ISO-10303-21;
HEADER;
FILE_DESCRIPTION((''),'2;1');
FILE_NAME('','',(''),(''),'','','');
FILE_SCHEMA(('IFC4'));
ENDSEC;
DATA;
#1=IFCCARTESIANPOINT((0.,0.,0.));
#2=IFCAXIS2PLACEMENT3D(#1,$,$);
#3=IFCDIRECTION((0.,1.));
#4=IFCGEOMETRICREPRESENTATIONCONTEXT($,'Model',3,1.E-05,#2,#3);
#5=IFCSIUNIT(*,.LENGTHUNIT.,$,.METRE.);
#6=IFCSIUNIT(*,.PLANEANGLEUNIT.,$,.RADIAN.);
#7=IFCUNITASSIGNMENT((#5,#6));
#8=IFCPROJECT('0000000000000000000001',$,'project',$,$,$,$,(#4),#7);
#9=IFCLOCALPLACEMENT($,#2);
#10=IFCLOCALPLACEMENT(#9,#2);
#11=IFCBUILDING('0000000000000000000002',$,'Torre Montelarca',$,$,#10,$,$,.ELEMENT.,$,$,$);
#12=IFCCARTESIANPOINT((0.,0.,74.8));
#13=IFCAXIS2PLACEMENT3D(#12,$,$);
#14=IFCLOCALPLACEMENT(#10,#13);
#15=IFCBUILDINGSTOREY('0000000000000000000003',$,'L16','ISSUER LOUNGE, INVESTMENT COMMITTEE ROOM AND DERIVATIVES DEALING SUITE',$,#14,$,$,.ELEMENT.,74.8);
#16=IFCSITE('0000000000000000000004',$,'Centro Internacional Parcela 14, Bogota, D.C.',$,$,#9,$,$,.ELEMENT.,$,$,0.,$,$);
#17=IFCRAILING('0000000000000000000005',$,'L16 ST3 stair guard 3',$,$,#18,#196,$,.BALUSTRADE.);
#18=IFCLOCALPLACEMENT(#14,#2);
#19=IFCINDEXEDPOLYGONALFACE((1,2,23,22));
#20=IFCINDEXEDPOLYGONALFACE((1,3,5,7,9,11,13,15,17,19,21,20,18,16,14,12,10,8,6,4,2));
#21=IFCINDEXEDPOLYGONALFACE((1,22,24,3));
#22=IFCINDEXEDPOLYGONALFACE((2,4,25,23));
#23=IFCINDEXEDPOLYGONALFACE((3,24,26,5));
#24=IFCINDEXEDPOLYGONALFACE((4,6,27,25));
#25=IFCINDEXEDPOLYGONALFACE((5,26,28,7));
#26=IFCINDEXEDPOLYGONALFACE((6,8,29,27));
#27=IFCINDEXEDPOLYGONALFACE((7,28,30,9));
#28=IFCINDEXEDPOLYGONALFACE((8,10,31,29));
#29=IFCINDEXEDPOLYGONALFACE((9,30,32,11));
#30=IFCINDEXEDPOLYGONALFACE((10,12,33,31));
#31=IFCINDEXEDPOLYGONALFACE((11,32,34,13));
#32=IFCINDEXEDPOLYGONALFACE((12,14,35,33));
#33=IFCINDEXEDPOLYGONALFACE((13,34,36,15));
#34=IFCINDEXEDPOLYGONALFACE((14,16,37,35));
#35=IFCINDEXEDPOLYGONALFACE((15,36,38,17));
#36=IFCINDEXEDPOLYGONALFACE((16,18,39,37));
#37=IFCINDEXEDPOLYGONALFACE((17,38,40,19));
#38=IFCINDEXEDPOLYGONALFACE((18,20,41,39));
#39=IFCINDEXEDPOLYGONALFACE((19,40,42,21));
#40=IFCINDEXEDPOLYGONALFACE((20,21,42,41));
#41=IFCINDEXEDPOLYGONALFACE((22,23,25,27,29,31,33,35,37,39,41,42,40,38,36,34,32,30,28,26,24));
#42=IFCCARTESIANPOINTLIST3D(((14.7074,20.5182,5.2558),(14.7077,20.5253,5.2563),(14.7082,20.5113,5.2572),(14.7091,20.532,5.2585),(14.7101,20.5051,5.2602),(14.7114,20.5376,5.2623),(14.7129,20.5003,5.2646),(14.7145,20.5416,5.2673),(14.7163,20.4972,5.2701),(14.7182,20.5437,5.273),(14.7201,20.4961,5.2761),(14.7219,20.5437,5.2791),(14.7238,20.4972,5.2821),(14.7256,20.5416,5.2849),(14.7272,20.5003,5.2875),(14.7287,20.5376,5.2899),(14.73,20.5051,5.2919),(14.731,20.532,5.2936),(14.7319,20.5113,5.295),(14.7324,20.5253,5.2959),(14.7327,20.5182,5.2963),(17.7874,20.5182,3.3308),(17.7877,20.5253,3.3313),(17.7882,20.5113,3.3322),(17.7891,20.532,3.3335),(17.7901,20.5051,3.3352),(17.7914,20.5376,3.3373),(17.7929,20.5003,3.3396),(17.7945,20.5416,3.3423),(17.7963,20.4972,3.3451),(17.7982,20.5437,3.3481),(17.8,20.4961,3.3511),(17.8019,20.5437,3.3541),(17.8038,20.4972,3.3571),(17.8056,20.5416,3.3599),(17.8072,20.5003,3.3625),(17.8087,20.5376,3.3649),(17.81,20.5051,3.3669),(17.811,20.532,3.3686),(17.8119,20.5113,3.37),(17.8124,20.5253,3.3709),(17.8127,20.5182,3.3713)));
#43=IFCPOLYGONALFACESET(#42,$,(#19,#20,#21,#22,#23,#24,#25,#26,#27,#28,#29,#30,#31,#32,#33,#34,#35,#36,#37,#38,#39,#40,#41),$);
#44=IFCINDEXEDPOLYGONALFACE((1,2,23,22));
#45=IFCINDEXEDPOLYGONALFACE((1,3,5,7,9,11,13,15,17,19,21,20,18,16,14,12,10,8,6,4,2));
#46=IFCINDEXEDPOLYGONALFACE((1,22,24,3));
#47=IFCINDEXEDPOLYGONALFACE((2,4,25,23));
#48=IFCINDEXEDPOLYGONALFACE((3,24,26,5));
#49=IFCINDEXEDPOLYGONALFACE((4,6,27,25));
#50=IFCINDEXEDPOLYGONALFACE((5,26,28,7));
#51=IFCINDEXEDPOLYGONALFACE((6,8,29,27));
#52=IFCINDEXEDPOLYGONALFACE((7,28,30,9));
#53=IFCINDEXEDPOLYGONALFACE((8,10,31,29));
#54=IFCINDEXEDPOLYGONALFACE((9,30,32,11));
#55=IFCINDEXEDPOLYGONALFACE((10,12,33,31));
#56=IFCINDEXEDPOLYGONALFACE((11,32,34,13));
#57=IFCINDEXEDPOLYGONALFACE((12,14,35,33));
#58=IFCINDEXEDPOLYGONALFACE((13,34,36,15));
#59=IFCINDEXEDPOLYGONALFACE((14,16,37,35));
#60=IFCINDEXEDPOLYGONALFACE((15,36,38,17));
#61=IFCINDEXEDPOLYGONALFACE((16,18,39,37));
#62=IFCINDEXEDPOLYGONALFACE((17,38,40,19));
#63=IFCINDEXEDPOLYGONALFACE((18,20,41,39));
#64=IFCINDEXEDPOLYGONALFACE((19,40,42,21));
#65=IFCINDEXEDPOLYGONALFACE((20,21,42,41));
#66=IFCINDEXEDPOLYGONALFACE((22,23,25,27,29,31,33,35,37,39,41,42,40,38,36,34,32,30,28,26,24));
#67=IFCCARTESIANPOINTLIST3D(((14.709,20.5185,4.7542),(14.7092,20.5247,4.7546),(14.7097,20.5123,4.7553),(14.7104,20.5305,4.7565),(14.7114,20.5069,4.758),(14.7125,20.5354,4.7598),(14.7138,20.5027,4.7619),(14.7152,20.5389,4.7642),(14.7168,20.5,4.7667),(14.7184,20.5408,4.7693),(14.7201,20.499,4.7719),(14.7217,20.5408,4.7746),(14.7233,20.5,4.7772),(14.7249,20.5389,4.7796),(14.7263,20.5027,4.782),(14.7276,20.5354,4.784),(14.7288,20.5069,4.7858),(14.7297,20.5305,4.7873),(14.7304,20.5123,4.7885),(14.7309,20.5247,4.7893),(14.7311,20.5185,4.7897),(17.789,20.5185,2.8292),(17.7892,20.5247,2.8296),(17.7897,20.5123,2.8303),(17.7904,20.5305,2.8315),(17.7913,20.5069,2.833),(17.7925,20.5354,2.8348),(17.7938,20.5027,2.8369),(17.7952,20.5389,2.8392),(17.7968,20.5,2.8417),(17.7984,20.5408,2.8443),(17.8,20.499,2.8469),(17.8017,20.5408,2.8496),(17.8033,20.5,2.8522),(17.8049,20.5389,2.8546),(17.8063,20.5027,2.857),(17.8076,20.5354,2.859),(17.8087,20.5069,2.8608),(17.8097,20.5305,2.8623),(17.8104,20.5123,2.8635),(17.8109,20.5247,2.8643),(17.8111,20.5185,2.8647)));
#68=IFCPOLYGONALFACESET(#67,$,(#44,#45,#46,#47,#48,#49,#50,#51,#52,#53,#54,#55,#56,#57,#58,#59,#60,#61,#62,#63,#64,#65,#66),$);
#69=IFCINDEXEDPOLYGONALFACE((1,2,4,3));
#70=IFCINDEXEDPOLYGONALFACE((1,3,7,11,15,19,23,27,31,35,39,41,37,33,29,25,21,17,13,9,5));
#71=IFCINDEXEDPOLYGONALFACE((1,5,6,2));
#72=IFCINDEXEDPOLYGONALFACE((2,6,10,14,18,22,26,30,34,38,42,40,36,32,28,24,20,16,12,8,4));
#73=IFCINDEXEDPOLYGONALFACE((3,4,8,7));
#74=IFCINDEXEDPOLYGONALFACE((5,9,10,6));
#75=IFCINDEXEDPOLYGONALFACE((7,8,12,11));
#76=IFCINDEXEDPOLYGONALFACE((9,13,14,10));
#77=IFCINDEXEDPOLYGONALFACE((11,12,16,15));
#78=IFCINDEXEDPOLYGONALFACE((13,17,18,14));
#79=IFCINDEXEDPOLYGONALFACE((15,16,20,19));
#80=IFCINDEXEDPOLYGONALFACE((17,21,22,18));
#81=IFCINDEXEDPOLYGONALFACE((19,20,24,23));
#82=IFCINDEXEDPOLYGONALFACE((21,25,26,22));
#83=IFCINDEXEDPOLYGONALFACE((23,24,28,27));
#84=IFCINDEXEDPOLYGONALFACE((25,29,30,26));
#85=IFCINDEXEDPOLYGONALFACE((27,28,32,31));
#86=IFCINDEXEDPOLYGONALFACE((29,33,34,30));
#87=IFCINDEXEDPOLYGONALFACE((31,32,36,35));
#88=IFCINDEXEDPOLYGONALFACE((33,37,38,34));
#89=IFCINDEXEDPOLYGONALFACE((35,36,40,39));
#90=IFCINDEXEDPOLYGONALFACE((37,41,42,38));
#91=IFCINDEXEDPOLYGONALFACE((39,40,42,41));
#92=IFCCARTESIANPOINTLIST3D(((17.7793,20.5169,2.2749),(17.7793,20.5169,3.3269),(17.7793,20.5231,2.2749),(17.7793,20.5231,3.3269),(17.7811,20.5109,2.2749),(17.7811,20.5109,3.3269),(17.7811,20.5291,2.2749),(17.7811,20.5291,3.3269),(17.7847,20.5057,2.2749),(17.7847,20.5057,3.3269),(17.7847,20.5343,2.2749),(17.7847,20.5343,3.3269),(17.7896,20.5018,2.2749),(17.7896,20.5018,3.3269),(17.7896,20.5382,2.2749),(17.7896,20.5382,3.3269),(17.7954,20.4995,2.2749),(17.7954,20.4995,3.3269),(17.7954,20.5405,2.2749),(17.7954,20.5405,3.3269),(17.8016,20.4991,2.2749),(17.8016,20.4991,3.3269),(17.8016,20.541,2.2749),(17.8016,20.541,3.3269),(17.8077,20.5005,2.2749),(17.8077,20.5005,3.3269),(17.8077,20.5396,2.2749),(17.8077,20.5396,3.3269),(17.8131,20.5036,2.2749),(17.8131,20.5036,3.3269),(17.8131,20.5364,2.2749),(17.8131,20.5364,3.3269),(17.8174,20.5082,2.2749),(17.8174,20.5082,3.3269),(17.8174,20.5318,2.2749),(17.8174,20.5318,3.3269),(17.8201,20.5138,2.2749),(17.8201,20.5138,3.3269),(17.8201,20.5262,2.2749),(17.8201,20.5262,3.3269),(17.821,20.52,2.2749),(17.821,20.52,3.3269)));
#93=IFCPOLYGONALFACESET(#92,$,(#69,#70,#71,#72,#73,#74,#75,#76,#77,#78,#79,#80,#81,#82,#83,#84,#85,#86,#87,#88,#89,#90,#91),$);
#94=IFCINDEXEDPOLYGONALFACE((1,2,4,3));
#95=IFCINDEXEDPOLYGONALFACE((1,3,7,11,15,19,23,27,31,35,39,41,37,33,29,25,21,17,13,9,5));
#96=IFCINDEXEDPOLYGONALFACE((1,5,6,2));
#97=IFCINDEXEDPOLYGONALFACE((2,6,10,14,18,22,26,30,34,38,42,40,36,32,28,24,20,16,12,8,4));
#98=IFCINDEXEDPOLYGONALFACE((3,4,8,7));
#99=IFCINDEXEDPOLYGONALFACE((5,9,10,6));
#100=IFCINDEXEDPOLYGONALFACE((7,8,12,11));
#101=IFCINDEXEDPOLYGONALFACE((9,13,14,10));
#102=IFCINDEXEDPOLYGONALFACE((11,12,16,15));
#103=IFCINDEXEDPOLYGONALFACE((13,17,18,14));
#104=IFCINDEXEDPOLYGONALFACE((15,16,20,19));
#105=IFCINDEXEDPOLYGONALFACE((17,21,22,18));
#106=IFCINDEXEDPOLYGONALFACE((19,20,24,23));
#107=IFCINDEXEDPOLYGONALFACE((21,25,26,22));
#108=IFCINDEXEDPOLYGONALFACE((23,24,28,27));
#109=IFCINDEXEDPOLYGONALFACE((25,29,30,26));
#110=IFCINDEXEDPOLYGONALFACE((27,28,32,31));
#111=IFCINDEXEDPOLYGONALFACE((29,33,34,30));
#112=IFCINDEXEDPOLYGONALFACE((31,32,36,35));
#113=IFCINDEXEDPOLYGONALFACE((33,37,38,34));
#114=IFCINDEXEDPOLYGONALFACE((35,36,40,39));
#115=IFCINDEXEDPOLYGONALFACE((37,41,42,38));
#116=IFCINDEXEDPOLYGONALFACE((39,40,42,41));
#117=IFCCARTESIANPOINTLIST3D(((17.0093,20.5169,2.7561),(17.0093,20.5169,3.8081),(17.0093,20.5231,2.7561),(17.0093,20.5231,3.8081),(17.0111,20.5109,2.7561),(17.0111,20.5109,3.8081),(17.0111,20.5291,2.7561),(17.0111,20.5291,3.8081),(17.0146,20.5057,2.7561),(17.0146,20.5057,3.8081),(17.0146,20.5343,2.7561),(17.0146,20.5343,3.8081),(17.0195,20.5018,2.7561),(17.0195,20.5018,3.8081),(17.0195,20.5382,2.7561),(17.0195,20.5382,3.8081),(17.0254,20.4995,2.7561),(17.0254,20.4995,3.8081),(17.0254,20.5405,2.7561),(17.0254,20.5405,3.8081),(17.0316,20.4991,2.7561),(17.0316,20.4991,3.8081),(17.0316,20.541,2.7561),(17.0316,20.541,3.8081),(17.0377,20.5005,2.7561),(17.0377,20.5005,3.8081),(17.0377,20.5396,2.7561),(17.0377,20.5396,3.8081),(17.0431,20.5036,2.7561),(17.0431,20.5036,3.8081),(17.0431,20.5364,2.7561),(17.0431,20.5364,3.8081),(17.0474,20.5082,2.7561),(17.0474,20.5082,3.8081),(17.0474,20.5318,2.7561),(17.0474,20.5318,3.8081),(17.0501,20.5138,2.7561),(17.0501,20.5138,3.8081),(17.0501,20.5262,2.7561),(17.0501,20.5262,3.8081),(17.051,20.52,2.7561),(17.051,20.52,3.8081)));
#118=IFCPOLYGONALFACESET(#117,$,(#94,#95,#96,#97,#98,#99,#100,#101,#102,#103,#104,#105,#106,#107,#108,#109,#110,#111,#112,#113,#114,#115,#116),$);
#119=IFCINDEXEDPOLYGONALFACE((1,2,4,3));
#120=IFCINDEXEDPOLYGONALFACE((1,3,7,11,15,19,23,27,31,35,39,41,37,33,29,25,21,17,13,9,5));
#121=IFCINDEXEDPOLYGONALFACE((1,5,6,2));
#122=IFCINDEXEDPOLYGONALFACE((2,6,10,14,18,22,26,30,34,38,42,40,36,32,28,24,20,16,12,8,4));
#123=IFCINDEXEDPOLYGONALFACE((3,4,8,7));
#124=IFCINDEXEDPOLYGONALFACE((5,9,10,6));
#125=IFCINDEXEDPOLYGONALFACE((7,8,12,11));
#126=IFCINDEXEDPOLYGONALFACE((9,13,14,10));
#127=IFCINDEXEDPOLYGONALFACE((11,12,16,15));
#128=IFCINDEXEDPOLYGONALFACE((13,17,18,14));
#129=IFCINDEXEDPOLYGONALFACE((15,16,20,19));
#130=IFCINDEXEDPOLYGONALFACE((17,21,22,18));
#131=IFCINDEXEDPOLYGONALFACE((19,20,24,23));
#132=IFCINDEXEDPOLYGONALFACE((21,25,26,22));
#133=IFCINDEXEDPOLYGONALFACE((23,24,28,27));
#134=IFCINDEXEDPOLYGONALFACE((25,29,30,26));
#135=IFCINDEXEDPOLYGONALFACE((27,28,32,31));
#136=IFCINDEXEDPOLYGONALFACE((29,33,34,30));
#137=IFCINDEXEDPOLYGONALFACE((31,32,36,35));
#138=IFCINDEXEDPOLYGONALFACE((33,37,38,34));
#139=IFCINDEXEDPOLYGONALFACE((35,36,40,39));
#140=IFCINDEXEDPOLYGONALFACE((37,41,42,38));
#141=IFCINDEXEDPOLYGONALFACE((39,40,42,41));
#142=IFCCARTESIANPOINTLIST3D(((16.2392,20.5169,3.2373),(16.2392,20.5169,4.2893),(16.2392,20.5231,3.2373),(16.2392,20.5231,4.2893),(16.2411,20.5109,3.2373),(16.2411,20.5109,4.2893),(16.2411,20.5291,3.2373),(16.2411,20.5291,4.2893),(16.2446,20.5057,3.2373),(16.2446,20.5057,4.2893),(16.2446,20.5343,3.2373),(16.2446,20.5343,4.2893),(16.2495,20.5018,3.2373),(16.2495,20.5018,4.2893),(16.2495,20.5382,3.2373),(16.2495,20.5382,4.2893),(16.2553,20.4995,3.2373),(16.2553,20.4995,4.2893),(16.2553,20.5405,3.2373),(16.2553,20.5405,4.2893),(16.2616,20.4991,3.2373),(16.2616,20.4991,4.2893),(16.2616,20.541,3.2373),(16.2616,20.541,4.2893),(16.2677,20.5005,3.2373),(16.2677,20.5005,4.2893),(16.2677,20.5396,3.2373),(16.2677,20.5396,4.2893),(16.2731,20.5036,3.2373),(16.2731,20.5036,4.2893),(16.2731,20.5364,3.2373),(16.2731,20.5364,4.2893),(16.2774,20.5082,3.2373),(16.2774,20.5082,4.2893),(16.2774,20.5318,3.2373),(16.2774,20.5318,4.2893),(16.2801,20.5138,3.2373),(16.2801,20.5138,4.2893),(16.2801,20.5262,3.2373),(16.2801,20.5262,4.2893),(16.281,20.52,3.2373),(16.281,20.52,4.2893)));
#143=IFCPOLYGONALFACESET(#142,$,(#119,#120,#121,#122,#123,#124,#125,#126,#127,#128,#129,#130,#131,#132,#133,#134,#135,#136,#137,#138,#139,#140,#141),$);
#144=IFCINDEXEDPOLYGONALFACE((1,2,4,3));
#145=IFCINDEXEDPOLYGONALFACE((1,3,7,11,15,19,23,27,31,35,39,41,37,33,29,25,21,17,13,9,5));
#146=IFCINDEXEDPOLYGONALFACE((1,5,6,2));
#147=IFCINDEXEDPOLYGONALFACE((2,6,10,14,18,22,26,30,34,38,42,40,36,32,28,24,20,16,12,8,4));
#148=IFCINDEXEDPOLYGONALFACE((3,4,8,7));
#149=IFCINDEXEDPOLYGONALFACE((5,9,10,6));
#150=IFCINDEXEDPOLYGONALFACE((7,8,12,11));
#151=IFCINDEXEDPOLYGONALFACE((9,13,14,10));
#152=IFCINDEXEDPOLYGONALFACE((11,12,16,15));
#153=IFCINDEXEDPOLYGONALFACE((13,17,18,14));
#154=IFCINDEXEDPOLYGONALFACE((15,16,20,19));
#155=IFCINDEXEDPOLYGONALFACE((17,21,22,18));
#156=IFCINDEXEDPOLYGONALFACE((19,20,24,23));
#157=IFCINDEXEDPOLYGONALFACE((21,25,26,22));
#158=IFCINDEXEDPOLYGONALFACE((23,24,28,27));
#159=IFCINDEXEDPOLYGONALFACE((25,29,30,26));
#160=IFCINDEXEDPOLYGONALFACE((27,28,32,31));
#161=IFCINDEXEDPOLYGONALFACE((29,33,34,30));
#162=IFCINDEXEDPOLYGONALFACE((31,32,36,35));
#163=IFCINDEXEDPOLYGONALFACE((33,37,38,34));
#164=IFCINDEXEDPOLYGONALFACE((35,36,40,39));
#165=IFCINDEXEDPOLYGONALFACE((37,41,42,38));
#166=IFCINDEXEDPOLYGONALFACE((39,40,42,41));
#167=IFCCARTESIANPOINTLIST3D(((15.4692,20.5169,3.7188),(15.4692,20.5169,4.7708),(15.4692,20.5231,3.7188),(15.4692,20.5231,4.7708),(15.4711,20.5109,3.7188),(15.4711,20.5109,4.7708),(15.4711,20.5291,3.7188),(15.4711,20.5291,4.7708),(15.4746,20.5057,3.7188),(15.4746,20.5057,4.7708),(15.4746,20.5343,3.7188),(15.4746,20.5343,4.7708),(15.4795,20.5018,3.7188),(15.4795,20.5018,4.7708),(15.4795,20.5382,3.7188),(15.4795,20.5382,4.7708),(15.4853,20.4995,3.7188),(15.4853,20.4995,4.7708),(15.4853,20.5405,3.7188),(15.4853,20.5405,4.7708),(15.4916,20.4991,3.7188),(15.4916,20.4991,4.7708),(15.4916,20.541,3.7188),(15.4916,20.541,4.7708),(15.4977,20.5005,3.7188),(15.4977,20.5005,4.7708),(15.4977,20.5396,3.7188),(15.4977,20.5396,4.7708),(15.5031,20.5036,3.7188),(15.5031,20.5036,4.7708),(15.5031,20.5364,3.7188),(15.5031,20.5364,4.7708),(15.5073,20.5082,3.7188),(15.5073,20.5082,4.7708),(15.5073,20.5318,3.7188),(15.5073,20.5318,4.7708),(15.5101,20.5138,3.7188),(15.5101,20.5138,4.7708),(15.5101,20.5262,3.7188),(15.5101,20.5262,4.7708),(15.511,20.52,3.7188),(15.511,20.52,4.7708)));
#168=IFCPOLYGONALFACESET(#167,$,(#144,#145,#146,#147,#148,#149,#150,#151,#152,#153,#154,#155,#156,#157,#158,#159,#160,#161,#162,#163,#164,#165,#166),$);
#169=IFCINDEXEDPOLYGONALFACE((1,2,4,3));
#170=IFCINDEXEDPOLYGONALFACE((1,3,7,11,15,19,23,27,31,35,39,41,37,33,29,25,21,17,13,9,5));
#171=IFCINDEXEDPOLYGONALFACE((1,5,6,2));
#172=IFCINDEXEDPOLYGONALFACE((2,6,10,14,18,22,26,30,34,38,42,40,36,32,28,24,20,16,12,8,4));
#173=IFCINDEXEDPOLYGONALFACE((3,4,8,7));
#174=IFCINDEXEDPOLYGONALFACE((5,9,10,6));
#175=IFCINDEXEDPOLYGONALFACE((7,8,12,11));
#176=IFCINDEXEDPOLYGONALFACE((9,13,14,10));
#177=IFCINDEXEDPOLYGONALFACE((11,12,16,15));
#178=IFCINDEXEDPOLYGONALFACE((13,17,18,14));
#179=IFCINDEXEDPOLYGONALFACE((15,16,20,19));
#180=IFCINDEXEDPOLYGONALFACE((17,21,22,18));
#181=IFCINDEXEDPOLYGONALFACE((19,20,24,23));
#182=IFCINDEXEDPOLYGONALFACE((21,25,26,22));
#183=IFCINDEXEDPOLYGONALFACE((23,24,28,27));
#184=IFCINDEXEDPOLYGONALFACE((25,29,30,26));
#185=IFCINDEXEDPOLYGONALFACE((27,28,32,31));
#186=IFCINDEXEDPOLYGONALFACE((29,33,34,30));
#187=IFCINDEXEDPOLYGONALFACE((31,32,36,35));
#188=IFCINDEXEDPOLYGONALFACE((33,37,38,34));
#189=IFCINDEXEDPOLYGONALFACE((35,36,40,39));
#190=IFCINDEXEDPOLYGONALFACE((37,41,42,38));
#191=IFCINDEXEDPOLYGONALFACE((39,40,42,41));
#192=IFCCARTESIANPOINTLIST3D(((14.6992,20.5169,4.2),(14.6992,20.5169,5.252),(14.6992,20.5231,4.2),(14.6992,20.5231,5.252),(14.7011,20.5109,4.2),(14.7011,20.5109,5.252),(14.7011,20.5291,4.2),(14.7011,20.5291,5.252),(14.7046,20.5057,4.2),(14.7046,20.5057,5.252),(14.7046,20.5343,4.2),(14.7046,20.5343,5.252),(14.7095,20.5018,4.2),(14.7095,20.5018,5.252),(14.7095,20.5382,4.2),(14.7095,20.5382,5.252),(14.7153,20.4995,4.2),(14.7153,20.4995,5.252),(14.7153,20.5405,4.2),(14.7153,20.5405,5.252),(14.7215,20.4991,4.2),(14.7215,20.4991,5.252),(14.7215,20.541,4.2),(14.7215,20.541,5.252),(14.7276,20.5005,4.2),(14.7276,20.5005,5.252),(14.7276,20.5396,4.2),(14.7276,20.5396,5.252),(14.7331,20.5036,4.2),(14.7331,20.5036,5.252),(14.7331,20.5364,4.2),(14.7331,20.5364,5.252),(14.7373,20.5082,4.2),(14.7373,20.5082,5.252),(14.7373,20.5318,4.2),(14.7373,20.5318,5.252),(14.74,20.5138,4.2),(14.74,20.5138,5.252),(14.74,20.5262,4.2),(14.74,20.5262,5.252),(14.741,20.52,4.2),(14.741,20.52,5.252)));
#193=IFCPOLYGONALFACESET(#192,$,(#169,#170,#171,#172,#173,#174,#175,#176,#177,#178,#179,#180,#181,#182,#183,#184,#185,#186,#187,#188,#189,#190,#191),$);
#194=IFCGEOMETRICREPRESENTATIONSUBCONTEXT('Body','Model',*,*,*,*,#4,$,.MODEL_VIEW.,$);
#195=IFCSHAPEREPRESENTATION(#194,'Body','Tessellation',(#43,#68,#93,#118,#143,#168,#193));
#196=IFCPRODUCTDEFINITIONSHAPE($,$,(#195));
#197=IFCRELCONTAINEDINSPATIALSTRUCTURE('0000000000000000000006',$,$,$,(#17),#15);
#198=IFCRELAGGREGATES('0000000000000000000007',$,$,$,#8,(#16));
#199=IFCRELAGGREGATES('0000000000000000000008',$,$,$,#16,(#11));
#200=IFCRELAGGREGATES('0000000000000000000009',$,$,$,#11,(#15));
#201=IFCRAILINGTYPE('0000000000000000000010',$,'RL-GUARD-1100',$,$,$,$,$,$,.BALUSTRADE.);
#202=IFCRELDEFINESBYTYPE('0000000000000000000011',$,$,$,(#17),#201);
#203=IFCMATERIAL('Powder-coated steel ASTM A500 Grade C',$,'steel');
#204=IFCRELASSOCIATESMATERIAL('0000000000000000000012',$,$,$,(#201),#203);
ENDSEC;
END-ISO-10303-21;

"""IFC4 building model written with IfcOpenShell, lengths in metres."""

from ifc_helpers import new_model, si_unit, direction, frame, origin, origin_2d, place, context, subcontext, project, spatial, circle, extrude, material, type_object, element, save


model = new_model("IFC4")

# Units and contexts
model_context = context("Model", 3, precision=1e-05, world=origin(), true_north=direction((0.0, 1.0)))
body_context = subcontext(model_context, "Body", "Model", "MODEL_VIEW")
ifc_project = project(units=[si_unit("LENGTHUNIT", "METRE"), si_unit("PLANEANGLEUNIT", "RADIAN")], contexts=[model_context])

# Site, building, storey
site_placement = place(None, origin())
site = spatial("IfcSite", under=ifc_project, at=site_placement, Name="Centro Internacional Parcela 14, Bogota, D.C.", CompositionType="ELEMENT", RefElevation=0.0)
building_placement = place(site_placement, origin())
building = spatial("IfcBuilding", under=site, at=building_placement, Name="Torre Montelarca", CompositionType="ELEMENT")
storey_placement = place(building_placement, frame((0.0, 0.0, 74.8)))
storey = spatial("IfcBuildingStorey", under=building, at=storey_placement, Name="L16", Description="ISSUER LOUNGE, INVESTMENT COMMITTEE ROOM AND DERIVATIVES DEALING SUITE", CompositionType="ELEMENT", Elevation=74.8)

# Railing
ifc_material_1 = material(Name="Powder-coated steel ASTM A500 Grade C", Category="steel")
railing_type_1 = type_object("IfcRailingType", Name="RL-GUARD-1100", PredefinedType="BALUSTRADE", material=ifc_material_1)
railing_1_placement = place(storey_placement, frame((17.8, 20.52, 2.2749)))
element("IfcRailing", 1, at=railing_1_placement, inside=storey, type_object=railing_type_1, Name="L16 ST3 stair guard 3", PredefinedType="BALUSTRADE", context=body_context, shape_type="SweptSolid", body=[
    extrude(circle(Radius=0.0239, at=origin_2d()), frame((0.0, 0.0, 1.0762), z_axis=(-0.847998, 0.0, 0.529999), x_axis=(0.0, -1.0, 0.0)), (0.0, 0.0, 1.0), 3.6321),
    extrude(circle(Radius=0.021, at=origin_2d()), frame((0.0, 0.0, 0.572), z_axis=(-0.847998, 0.0, 0.529999), x_axis=(0.0, -1.0, 0.0)), (0.0, 0.0, 1.0), 3.6321),
    extrude(circle(Radius=0.021, at=origin_2d()), origin(), (0.0, 0.0, 1.0), 1.052),
    extrude(circle(Radius=0.021, at=origin_2d()), frame((-0.77, 0.0, 0.4812)), (0.0, 0.0, 1.0), 1.052),
    extrude(circle(Radius=0.021, at=origin_2d()), frame((-1.54, 0.0, 0.9624)), (0.0, 0.0, 1.0), 1.052),
    extrude(circle(Radius=0.021, at=origin_2d()), frame((-2.3101, 0.0, 1.4438)), (0.0, 0.0, 1.0), 1.052),
    extrude(circle(Radius=0.021, at=origin_2d()), frame((-3.0801, 0.0, 1.925)), (0.0, 0.0, 1.0), 1.052),
])

save(model, "model.ifc")
